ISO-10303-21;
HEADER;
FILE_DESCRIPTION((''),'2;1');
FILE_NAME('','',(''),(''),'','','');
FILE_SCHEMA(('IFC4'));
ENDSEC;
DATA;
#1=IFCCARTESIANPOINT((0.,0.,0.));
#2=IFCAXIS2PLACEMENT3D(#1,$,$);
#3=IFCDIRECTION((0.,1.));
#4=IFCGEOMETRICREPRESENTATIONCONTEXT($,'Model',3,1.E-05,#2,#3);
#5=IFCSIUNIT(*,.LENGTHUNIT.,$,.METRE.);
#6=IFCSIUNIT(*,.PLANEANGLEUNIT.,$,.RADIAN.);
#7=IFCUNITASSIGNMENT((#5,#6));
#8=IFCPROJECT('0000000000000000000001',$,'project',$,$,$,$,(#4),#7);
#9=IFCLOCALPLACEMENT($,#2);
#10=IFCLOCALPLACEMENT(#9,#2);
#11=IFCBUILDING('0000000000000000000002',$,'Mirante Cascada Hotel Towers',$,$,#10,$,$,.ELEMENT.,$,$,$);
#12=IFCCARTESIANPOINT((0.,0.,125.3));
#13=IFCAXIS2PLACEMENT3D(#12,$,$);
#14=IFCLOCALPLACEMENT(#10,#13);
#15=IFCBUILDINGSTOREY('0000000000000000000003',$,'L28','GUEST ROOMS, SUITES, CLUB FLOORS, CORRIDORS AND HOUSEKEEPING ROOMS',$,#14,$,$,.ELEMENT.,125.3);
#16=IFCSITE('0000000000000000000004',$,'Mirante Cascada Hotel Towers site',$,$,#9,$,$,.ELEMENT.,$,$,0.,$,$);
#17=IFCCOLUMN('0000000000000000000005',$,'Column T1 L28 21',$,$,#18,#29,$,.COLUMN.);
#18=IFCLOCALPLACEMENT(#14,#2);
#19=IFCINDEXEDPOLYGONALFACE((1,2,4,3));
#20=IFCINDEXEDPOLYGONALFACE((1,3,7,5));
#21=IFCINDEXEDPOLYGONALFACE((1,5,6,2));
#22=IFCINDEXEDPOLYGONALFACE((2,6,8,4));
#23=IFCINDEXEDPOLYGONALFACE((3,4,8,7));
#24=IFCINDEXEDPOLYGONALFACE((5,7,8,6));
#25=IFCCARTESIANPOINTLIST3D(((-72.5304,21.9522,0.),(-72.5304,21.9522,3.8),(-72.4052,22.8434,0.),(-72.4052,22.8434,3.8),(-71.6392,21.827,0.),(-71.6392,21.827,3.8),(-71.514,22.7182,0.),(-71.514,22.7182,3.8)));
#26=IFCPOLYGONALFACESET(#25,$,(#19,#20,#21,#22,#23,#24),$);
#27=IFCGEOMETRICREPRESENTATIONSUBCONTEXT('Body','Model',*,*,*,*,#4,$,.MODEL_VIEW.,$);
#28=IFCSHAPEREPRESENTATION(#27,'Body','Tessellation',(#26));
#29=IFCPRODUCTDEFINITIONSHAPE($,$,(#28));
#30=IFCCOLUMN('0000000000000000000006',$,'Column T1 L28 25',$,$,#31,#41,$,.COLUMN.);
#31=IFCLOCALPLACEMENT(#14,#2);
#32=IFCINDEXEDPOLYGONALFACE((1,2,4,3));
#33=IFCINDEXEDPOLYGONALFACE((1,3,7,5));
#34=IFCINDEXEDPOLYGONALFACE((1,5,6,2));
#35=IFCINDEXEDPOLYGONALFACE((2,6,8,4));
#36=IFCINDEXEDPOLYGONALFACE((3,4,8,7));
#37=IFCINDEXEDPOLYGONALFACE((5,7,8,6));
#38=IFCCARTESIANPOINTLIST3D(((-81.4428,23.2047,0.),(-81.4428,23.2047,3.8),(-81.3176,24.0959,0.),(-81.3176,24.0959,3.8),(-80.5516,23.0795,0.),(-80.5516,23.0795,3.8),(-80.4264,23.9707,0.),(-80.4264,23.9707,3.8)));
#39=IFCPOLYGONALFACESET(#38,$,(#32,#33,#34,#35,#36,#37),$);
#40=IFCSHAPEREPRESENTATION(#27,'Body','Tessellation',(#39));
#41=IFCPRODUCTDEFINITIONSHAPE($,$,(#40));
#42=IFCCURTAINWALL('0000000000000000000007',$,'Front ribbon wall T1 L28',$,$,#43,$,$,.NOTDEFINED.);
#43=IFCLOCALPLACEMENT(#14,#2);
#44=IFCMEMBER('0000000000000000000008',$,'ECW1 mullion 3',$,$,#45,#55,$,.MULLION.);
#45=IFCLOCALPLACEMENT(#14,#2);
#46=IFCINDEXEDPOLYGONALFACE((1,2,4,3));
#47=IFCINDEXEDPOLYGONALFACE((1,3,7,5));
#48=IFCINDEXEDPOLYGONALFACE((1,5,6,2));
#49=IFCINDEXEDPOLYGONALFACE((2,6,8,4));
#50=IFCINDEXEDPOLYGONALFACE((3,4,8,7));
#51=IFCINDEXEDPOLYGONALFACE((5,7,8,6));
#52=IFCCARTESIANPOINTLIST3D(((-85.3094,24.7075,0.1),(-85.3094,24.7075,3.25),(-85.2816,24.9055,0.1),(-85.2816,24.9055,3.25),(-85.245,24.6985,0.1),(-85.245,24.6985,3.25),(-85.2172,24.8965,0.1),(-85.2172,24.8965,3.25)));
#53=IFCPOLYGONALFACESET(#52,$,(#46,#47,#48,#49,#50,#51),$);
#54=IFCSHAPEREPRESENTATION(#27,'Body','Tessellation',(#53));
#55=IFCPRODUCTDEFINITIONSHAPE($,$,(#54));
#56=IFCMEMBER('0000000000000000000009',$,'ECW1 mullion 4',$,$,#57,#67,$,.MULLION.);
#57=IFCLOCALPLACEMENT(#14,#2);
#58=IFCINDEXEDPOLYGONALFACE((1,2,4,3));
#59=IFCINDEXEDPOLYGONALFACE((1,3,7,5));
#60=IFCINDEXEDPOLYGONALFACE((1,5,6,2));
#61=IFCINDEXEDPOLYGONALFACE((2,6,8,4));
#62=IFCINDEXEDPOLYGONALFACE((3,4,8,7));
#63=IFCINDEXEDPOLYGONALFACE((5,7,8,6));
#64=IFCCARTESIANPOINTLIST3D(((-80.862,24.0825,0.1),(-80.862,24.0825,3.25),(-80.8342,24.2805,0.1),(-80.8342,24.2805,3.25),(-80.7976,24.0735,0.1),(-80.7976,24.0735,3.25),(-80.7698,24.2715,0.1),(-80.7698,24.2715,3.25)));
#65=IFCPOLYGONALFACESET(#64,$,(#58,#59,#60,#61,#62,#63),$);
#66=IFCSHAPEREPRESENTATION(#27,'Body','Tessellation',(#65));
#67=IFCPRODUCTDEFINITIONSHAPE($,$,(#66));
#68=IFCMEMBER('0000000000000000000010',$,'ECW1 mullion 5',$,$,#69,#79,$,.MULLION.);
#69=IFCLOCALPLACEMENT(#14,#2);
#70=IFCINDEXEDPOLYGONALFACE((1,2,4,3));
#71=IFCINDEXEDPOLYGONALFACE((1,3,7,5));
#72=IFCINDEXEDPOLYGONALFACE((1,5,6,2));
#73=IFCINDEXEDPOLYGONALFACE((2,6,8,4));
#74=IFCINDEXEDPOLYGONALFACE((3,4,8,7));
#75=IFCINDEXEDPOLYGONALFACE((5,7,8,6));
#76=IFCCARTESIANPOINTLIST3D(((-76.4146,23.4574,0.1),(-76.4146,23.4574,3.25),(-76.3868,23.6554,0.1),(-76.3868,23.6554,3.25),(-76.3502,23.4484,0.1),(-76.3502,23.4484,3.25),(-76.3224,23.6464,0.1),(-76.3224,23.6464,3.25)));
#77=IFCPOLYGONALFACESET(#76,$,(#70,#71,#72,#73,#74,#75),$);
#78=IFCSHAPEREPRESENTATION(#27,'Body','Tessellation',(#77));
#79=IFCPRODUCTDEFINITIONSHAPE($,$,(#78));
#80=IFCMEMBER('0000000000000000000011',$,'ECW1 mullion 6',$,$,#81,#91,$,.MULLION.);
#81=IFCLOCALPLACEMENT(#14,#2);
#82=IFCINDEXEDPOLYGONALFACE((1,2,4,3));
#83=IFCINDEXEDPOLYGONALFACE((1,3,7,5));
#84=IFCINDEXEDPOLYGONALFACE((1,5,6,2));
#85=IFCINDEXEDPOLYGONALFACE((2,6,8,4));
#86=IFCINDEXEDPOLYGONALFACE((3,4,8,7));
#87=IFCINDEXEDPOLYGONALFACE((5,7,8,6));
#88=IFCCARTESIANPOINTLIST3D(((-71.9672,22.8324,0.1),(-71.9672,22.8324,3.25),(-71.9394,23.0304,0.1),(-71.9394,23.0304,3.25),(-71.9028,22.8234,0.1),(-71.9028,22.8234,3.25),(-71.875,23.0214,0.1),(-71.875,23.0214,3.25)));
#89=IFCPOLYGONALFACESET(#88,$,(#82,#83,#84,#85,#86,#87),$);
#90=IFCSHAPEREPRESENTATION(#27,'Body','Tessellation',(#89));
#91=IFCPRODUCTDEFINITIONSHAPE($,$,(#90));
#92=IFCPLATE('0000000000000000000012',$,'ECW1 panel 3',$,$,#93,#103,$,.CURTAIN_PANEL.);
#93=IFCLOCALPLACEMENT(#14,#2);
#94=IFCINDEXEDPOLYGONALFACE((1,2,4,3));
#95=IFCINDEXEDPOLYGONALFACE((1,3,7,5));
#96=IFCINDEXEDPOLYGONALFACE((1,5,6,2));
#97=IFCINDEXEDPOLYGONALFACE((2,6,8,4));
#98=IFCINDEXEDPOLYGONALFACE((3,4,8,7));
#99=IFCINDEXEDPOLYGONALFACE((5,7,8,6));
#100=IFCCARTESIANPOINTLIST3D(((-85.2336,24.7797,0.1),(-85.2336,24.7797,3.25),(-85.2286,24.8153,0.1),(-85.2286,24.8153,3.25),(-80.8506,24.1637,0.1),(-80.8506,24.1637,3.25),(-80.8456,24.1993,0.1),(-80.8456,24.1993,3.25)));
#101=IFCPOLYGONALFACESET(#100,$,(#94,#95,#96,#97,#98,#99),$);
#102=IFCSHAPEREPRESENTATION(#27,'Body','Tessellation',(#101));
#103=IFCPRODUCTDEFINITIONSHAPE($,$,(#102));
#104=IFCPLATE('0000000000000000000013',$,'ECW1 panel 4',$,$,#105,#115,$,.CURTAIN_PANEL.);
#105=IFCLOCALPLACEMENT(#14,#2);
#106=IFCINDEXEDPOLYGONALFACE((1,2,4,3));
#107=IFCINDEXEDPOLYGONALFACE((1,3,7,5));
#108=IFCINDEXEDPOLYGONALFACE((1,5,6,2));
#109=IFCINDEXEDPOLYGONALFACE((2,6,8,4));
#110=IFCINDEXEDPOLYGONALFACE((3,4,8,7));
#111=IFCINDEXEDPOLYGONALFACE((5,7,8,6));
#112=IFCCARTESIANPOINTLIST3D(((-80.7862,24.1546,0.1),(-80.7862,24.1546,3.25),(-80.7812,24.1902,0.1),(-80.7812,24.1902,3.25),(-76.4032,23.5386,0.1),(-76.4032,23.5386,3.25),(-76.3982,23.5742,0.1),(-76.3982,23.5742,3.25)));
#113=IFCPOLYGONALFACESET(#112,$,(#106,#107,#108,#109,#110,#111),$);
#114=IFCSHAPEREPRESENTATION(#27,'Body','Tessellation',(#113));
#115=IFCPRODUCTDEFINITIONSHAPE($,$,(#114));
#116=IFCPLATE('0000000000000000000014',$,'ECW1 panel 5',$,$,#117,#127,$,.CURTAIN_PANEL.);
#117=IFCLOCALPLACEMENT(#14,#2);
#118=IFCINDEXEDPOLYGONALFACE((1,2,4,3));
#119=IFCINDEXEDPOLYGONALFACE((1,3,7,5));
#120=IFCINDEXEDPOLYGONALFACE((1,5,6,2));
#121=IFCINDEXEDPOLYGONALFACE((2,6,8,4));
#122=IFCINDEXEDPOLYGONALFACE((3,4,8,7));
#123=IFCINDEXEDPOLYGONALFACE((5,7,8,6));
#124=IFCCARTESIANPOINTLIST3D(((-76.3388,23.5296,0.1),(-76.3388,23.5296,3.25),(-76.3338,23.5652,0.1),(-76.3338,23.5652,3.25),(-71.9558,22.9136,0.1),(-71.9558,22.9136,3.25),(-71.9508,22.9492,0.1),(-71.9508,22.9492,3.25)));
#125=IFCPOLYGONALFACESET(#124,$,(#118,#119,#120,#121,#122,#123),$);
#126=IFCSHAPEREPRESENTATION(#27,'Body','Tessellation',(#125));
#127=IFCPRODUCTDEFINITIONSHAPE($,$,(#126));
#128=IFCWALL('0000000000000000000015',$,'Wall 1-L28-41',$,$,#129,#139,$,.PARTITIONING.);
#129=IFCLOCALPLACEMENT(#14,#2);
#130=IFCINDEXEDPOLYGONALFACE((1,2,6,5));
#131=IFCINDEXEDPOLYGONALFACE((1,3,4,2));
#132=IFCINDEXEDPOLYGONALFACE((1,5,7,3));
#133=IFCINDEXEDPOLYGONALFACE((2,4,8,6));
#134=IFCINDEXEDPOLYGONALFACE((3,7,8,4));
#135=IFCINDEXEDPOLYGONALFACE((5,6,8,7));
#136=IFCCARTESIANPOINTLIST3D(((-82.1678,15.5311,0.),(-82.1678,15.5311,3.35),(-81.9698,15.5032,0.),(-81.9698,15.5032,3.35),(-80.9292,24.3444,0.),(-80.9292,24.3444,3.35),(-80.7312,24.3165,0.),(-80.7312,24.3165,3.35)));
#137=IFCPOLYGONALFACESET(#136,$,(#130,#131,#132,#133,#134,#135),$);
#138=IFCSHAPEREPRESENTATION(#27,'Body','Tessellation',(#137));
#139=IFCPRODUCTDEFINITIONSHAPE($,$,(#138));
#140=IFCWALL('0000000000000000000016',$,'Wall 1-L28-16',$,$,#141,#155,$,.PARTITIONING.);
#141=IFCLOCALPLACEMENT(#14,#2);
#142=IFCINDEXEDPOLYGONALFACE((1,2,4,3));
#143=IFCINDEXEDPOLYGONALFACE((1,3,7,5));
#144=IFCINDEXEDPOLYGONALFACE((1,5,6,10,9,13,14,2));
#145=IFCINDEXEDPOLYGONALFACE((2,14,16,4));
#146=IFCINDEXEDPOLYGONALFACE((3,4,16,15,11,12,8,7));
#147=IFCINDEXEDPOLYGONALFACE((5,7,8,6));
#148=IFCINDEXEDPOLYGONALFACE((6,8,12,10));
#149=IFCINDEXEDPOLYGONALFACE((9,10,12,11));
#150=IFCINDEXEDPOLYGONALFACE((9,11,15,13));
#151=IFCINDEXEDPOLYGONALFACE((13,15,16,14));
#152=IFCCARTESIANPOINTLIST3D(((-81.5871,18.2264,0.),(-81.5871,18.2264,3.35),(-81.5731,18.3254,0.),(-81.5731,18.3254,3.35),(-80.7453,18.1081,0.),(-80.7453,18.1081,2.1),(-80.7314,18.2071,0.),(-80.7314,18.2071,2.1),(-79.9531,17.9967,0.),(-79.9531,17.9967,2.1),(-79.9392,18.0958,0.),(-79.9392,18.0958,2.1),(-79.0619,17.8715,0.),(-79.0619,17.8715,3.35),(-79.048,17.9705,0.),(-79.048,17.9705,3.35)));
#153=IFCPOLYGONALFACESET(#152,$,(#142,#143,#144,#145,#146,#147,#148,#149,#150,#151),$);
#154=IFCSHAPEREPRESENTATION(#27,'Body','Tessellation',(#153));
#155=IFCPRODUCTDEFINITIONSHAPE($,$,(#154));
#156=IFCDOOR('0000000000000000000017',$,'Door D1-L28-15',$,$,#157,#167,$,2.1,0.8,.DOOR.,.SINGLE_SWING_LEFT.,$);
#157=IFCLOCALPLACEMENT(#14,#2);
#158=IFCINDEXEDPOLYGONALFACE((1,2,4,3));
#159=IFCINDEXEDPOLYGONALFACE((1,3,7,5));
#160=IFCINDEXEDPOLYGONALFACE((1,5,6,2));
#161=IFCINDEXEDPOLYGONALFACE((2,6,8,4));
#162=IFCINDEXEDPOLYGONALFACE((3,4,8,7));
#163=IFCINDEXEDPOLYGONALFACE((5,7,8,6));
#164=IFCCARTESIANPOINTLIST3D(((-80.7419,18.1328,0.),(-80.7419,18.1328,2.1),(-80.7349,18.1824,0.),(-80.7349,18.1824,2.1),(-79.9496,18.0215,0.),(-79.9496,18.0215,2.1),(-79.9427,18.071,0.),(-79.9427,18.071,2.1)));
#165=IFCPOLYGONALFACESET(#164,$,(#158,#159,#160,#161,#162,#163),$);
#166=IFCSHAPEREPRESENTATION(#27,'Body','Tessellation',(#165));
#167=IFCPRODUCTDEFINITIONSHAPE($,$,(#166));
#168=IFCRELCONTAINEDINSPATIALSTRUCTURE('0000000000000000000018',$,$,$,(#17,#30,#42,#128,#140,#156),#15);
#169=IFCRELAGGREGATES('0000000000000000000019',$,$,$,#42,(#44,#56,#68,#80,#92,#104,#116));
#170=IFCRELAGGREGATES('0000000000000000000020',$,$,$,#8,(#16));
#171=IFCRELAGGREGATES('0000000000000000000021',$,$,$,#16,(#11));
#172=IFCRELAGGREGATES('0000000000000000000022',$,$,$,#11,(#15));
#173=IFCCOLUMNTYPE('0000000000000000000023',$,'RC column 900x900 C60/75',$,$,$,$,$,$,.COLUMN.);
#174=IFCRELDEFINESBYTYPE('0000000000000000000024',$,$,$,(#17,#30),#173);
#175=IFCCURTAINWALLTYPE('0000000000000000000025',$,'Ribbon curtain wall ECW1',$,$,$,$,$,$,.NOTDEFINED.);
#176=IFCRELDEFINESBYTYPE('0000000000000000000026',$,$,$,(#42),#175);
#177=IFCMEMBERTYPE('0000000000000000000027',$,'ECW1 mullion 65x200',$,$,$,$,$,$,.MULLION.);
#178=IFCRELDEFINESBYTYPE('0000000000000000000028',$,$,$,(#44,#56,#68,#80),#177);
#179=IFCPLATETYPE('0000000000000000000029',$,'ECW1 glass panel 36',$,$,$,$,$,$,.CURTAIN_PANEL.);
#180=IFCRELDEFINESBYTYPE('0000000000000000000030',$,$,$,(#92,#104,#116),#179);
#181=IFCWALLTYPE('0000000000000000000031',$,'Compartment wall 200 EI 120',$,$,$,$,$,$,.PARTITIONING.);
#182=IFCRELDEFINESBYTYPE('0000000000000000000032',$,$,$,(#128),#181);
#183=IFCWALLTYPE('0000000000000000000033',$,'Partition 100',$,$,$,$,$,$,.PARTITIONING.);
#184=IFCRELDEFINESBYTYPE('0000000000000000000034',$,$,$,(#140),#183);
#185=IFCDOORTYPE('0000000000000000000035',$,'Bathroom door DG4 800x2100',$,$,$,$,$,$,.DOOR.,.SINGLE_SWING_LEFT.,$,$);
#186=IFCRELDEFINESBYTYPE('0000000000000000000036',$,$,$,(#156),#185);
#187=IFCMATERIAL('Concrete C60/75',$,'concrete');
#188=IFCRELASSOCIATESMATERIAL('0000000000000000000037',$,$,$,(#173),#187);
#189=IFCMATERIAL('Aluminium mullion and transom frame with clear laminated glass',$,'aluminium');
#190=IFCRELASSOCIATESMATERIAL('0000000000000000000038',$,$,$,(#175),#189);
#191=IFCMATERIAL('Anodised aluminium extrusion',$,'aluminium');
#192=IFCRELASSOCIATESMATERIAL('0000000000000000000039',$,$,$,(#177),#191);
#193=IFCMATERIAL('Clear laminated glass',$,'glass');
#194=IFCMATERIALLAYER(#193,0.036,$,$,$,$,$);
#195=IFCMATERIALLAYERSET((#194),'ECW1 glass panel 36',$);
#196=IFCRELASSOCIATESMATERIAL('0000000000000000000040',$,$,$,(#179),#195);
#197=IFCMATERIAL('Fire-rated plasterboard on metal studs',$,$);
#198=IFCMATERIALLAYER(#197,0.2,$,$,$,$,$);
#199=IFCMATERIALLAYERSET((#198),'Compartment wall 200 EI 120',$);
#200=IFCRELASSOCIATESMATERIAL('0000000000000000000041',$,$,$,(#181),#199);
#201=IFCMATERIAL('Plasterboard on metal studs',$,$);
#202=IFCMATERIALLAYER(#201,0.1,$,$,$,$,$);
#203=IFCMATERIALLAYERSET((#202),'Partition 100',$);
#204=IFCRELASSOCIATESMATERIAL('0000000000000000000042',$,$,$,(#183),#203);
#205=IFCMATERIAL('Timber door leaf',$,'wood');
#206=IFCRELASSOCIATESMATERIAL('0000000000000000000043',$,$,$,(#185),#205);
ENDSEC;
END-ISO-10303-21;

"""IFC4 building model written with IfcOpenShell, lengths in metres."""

from ifc_helpers import new_model, si_unit, direction, frame, frame_2d, origin, origin_2d, place, context, subcontext, project, spatial, rectangle, extrude, material, layer, layer_set, material_profile, profile_set, type_object, element, fill, aggregate, save


model = new_model("IFC4")

# Units and contexts
model_context = context("Model", 3, precision=1e-05, world=origin(), true_north=direction((0.0, 1.0)))
body_context = subcontext(model_context, "Body", "Model", "MODEL_VIEW")
ifc_project = project(units=[si_unit("LENGTHUNIT", "METRE"), si_unit("PLANEANGLEUNIT", "RADIAN")], contexts=[model_context])

# Site, building, storey
site_placement = place(None, origin())
site = spatial("IfcSite", under=ifc_project, at=site_placement, Name="Mirante Cascada Hotel Towers site", CompositionType="ELEMENT", RefElevation=0.0)
building_placement = place(site_placement, origin())
building = spatial("IfcBuilding", under=site, at=building_placement, Name="Mirante Cascada Hotel Towers", CompositionType="ELEMENT")
storey_placement = place(building_placement, frame((0.0, 0.0, 125.3)))
storey = spatial("IfcBuildingStorey", under=building, at=storey_placement, Name="L28", Description="GUEST ROOMS, SUITES, CLUB FLOORS, CORRIDORS AND HOUSEKEEPING ROOMS", CompositionType="ELEMENT", Elevation=125.3)

# Columns
ifc_material_1 = material(Name="Concrete C60/75", Category="concrete")
ifc_material_profile_1 = material_profile(ifc_material_1, rectangle(XDim=0.9, YDim=0.9, at=origin_2d()), Name="RC column 900x900 C60/75")
ifc_profile_set_1 = profile_set([ifc_material_profile_1], Name="Concrete C60/75")
column_type = type_object("IfcColumnType", Name="RC column 900x900 C60/75", PredefinedType="COLUMN", material=ifc_profile_set_1)
for number, where, z_axis, x_axis, name in (
    (1, (-72.0222, 22.3352, 0.0), (0.0, 0.0, 1.0), (-0.990268, 0.139173, 0.0), "Column T1 L28 21"),
    (2, (-80.9346, 23.5877, 0.0), (0.0, 0.0, 1.0), (-0.990268, 0.139173, 0.0), "Column T1 L28 25"),
):
    element("IfcColumn", number, at=place(storey_placement, frame(where, z_axis=z_axis, x_axis=x_axis)), inside=storey, type_object=column_type, Name=name, PredefinedType="COLUMN", context=body_context, shape_type="SweptSolid", body=[
        extrude(rectangle(XDim=0.9, YDim=0.9, at=origin_2d()), origin(), (0.0, 0.0, 1.0), 3.8),
    ])

# Curtain wall, members, plates
ifc_material_2 = material(Name="Aluminium mullion and transom frame with clear laminated glass", Category="aluminium")
curtain_wall_type = type_object("IfcCurtainWallType", Name="Ribbon curtain wall ECW1", PredefinedType="NOTDEFINED", material=ifc_material_2)
curtain_wall_placement = place(storey_placement, origin())
curtain_wall = element("IfcCurtainWall", 3, at=curtain_wall_placement, inside=storey, type_object=curtain_wall_type, Name="Front ribbon wall T1 L28", PredefinedType="NOTDEFINED")
ifc_material_3 = material(Name="Anodised aluminium extrusion", Category="aluminium")
ifc_material_profile_2 = material_profile(ifc_material_3, rectangle(XDim=0.2, YDim=0.065, at=origin_2d()), Name="ECW1 MULLION 65x200")
ifc_profile_set_2 = profile_set([ifc_material_profile_2], Name="Anodised aluminium extrusion")
member_type = type_object("IfcMemberType", Name="ECW1 mullion 65x200", PredefinedType="MULLION", material=ifc_profile_set_2)
member_1_placement = place(storey_placement, frame((-85.2633, 24.802, 0.1), z_axis=(0.0, 0.0, 1.0), x_axis=(0.139173, 0.990268, 0.0)))
member_1 = element("IfcMember", 4, at=member_1_placement, type_object=member_type, Name="ECW1 mullion 3", PredefinedType="MULLION", context=body_context, shape_type="SweptSolid", body=[
    extrude(rectangle(XDim=0.2, YDim=0.065, at=origin_2d()), origin(), (0.0, 0.0, 1.0), 3.15),
])
member_2_placement = place(storey_placement, frame((-80.8159, 24.177, 0.1), z_axis=(0.0, 0.0, 1.0), x_axis=(0.139173, 0.990268, 0.0)))
member_2 = element("IfcMember", 5, at=member_2_placement, type_object=member_type, Name="ECW1 mullion 4", PredefinedType="MULLION", context=body_context, shape_type="SweptSolid", body=[
    extrude(rectangle(XDim=0.2, YDim=0.065, at=origin_2d()), origin(), (0.0, 0.0, 1.0), 3.15),
])
member_3_placement = place(storey_placement, frame((-76.3685, 23.5519, 0.1), z_axis=(0.0, 0.0, 1.0), x_axis=(0.139173, 0.990268, 0.0)))
member_3 = element("IfcMember", 6, at=member_3_placement, type_object=member_type, Name="ECW1 mullion 5", PredefinedType="MULLION", context=body_context, shape_type="SweptSolid", body=[
    extrude(rectangle(XDim=0.2, YDim=0.065, at=origin_2d()), origin(), (0.0, 0.0, 1.0), 3.15),
])
member_4_placement = place(storey_placement, frame((-71.9211, 22.9269, 0.1), z_axis=(0.0, 0.0, 1.0), x_axis=(0.139173, 0.990268, 0.0)))
member_4 = element("IfcMember", 7, at=member_4_placement, type_object=member_type, Name="ECW1 mullion 6", PredefinedType="MULLION", context=body_context, shape_type="SweptSolid", body=[
    extrude(rectangle(XDim=0.2, YDim=0.065, at=origin_2d()), origin(), (0.0, 0.0, 1.0), 3.15),
])
ifc_material_4 = material(Name="Clear laminated glass", Category="glass")
ifc_layer_1 = layer(ifc_material_4, 0.036)
ifc_layer_set_1 = layer_set([ifc_layer_1], Name="ECW1 glass panel 36")
plate_type = type_object("IfcPlateType", Name="ECW1 glass panel 36", PredefinedType="CURTAIN_PANEL", material=ifc_layer_set_1)
plate_1_placement = place(storey_placement, frame((-83.0396, 24.4895, 0.1), z_axis=(0.0, 0.0, 1.0), x_axis=(0.990268, -0.139173, 0.0)))
plate_1 = element("IfcPlate", 8, at=plate_1_placement, type_object=plate_type, Name="ECW1 panel 3", PredefinedType="CURTAIN_PANEL", context=body_context, shape_type="SweptSolid", body=[
    extrude(rectangle(XDim=4.4261, YDim=0.036, at=origin_2d()), origin(), (0.0, 0.0, 1.0), 3.15),
])
plate_2_placement = place(storey_placement, frame((-78.5922, 23.8644, 0.1), z_axis=(0.0, 0.0, 1.0), x_axis=(0.990268, -0.139173, 0.0)))
plate_2 = element("IfcPlate", 9, at=plate_2_placement, type_object=plate_type, Name="ECW1 panel 4", PredefinedType="CURTAIN_PANEL", context=body_context, shape_type="SweptSolid", body=[
    extrude(rectangle(XDim=4.4261, YDim=0.036, at=origin_2d()), origin(), (0.0, 0.0, 1.0), 3.15),
])
plate_3_placement = place(storey_placement, frame((-74.1448, 23.2394, 0.1), z_axis=(0.0, 0.0, 1.0), x_axis=(0.990268, -0.139173, 0.0)))
plate_3 = element("IfcPlate", 10, at=plate_3_placement, type_object=plate_type, Name="ECW1 panel 5", PredefinedType="CURTAIN_PANEL", context=body_context, shape_type="SweptSolid", body=[
    extrude(rectangle(XDim=4.4261, YDim=0.036, at=origin_2d()), origin(), (0.0, 0.0, 1.0), 3.15),
])
aggregate(curtain_wall, [member_1, member_2, member_3, member_4, plate_1, plate_2, plate_3])

# Wall
ifc_material_5 = material(Name="Fire-rated plasterboard on metal studs")
ifc_layer_2 = layer(ifc_material_5, 0.2)
ifc_layer_set_2 = layer_set([ifc_layer_2], Name="Compartment wall 200 EI 120")
wall_type_1 = type_object("IfcWallType", Name="Compartment wall 200 EI 120", PredefinedType="PARTITIONING", material=ifc_layer_set_2)
wall_1_placement = place(storey_placement, frame((-82.0688, 15.5171, 0.0), z_axis=(0.0, 0.0, 1.0), x_axis=(0.13917, 0.990268, 0.0)))
element("IfcWall", 11, at=wall_1_placement, inside=storey, type_object=wall_type_1, Name="Wall 1-L28-41", PredefinedType="PARTITIONING", context=body_context, shape_type="SweptSolid", body=[
    extrude(rectangle(XDim=8.8999, YDim=0.2, at=frame_2d((4.45, 0.0))), origin(), (0.0, 0.0, 1.0), 3.35),
])

# Wall, opening, door
ifc_material_6 = material(Name="Plasterboard on metal studs")
ifc_layer_3 = layer(ifc_material_6, 0.1)
ifc_layer_set_3 = layer_set([ifc_layer_3], Name="Partition 100")
wall_type_2 = type_object("IfcWallType", Name="Partition 100", PredefinedType="PARTITIONING", material=ifc_layer_set_3)
wall_2_placement = place(storey_placement, frame((-81.5801, 18.2759, 0.0), z_axis=(0.0, 0.0, 1.0), x_axis=(0.990268, -0.139176, 0.0)))
wall_2 = element("IfcWall", 12, at=wall_2_placement, inside=storey, type_object=wall_type_2, Name="Wall 1-L28-16", PredefinedType="PARTITIONING", context=body_context, shape_type="SweptSolid", body=[
    extrude(rectangle(XDim=2.55, YDim=0.1, at=frame_2d((1.275, 0.0))), origin(), (0.0, 0.0, 1.0), 3.35),
])
opening_1_placement = place(wall_2_placement, frame((0.85, 0.0, 0.0)))
opening_1 = element("IfcOpeningElement", 13, at=opening_1_placement, cuts=wall_2, PredefinedType="OPENING", context=body_context, shape_type="SweptSolid", body=[
    extrude(rectangle(XDim=0.8, YDim=2.1, at=frame_2d((0.4, 1.05))), frame((0.0, 0.05, 0.0), z_axis=(0.0, -1.0, 0.0), x_axis=(1.0, 0.0, 0.0)), (0.0, 0.0, 1.0), 0.1),
])
ifc_material_7 = material(Name="Timber door leaf", Category="wood")
door_type = type_object("IfcDoorType", Name="Bathroom door DG4 800x2100", OperationType="SINGLE_SWING_LEFT", PredefinedType="DOOR", material=ifc_material_7)
door_1_placement = place(opening_1_placement, origin())
door_1 = element("IfcDoor", 14, at=door_1_placement, inside=storey, type_object=door_type, Name="Door D1-L28-15", OperationType="SINGLE_SWING_LEFT", OverallHeight=2.1, OverallWidth=0.8, PredefinedType="DOOR", context=body_context, shape_type="SweptSolid", body=[
    extrude(rectangle(XDim=0.8, YDim=2.1, at=frame_2d((0.4, 1.05))), frame((0.0, 0.025, 0.0), z_axis=(0.0, -1.0, 0.0), x_axis=(1.0, 0.0, 0.0)), (0.0, 0.0, 1.0), 0.05),
])
fill(opening_1, door_1)

save(model, "model.ifc")
